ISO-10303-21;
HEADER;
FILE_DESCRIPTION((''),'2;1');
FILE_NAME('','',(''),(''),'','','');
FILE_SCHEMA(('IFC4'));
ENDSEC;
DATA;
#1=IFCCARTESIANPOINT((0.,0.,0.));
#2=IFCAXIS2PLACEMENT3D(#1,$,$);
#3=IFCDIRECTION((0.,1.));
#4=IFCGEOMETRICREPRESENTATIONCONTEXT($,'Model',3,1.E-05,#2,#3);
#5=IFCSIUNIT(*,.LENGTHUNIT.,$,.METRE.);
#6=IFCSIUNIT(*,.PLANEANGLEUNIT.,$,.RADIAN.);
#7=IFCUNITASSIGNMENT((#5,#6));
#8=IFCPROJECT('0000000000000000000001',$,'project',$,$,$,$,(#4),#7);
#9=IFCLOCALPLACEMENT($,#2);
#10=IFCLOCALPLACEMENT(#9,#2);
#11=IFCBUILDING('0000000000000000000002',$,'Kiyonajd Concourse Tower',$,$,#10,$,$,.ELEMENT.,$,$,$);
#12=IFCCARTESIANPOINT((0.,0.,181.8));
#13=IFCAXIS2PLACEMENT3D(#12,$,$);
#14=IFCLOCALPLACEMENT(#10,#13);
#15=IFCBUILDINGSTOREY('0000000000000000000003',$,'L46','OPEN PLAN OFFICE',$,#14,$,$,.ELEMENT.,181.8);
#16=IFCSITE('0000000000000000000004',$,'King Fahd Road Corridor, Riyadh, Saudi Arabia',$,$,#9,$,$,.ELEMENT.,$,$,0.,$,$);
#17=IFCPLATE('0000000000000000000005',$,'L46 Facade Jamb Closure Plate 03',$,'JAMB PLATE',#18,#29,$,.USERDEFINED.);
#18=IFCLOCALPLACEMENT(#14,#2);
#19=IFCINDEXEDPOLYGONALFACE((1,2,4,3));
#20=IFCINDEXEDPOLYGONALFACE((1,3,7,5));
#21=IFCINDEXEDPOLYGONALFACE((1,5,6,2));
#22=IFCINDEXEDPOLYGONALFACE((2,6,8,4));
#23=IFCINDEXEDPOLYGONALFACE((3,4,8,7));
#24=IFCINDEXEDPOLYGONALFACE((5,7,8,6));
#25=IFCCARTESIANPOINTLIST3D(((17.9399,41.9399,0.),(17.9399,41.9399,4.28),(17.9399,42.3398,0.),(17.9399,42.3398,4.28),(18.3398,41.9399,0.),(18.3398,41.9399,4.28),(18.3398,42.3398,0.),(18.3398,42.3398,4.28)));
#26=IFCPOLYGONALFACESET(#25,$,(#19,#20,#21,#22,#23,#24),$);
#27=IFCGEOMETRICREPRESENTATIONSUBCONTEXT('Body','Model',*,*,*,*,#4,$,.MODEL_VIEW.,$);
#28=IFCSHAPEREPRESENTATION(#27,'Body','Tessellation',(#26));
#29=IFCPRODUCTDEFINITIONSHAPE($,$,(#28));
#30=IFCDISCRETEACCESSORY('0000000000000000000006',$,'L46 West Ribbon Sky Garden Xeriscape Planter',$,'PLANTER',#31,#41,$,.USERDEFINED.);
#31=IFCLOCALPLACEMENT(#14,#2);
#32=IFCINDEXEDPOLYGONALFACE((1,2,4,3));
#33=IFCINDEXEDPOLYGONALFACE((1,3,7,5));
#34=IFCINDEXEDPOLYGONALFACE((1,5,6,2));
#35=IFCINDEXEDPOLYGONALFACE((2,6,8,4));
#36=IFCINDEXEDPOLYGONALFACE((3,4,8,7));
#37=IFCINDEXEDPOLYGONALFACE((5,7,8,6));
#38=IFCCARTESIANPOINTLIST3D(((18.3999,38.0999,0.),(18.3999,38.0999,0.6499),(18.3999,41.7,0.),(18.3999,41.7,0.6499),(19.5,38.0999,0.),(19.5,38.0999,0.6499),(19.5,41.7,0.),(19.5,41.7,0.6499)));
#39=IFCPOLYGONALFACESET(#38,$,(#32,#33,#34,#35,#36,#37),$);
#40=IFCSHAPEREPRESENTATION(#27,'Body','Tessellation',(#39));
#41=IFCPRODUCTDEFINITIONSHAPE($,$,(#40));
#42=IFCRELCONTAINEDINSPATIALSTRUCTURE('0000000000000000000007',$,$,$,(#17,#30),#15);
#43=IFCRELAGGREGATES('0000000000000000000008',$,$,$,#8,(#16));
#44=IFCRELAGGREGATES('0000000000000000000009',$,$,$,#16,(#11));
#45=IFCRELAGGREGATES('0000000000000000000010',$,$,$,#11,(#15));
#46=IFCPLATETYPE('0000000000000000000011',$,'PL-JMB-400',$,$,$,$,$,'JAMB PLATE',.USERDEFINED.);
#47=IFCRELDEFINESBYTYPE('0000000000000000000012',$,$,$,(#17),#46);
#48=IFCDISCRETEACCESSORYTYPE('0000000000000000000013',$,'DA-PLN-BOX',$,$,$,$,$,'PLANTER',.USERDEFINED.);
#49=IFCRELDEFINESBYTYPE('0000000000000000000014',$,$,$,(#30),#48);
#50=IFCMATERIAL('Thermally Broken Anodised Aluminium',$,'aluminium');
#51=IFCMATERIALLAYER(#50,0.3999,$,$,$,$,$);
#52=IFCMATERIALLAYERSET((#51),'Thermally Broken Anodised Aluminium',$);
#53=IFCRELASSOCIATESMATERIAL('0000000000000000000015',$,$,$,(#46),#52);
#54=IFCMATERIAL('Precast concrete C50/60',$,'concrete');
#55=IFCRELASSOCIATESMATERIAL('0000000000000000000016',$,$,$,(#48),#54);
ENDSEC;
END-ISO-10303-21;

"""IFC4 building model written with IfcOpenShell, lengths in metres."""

from ifc_helpers import new_model, si_unit, direction, frame, origin, origin_2d, place, context, subcontext, project, spatial, rectangle, extrude, material, layer, layer_set, type_object, element, save


model = new_model("IFC4")

# Units and contexts
model_context = context("Model", 3, precision=1e-05, world=origin(), true_north=direction((0.0, 1.0)))
body_context = subcontext(model_context, "Body", "Model", "MODEL_VIEW")
ifc_project = project(units=[si_unit("LENGTHUNIT", "METRE"), si_unit("PLANEANGLEUNIT", "RADIAN")], contexts=[model_context])

# Site, building, storey
site_placement = place(None, origin())
site = spatial("IfcSite", under=ifc_project, at=site_placement, Name="King Fahd Road Corridor, Riyadh, Saudi Arabia", CompositionType="ELEMENT", RefElevation=0.0)
building_placement = place(site_placement, origin())
building = spatial("IfcBuilding", under=site, at=building_placement, Name="Kiyonajd Concourse Tower", CompositionType="ELEMENT")
storey_placement = place(building_placement, frame((0.0, 0.0, 181.8)))
storey = spatial("IfcBuildingStorey", under=building, at=storey_placement, Name="L46", Description="OPEN PLAN OFFICE", CompositionType="ELEMENT", Elevation=181.8)

# Shared definitions
ifc_material_1 = material(Name="Thermally Broken Anodised Aluminium", Category="aluminium")

# Plate
ifc_layer_1 = layer(ifc_material_1, 0.3999)
ifc_layer_set_1 = layer_set([ifc_layer_1], Name="Thermally Broken Anodised Aluminium")
plate_type_1 = type_object("IfcPlateType", Name="PL-JMB-400", ElementType="JAMB PLATE", PredefinedType="USERDEFINED", material=ifc_layer_set_1)
plate_1_placement = place(storey_placement, frame((18.1399, 42.1399, 0.0), z_axis=(0.0, 0.0, 1.0), x_axis=(1.0, 0.0, 0.0)))
element("IfcPlate", 1, at=plate_1_placement, inside=storey, type_object=plate_type_1, Name="L46 Facade Jamb Closure Plate 03", ObjectType="JAMB PLATE", PredefinedType="USERDEFINED", context=body_context, shape_type="SweptSolid", body=[
    extrude(rectangle(XDim=0.3999, YDim=0.3999, at=origin_2d()), origin(), (0.0, 0.0, 1.0), 4.28),
])

# Discrete accessory
ifc_material_2 = material(Name="Precast concrete C50/60", Category="concrete")
discrete_accessory_type = type_object("IfcDiscreteAccessoryType", Name="DA-PLN-BOX", ElementType="PLANTER", PredefinedType="USERDEFINED", material=ifc_material_2)
discrete_accessory_placement = place(storey_placement, frame((18.95, 39.8999, 0.0), z_axis=(0.0, 0.0, 1.0), x_axis=(0.0, 1.0, 0.0)))
element("IfcDiscreteAccessory", 2, at=discrete_accessory_placement, inside=storey, type_object=discrete_accessory_type, Name="L46 West Ribbon Sky Garden Xeriscape Planter", ObjectType="PLANTER", PredefinedType="USERDEFINED", context=body_context, shape_type="SweptSolid", body=[
    extrude(rectangle(XDim=3.6001, YDim=1.1001, at=origin_2d()), origin(), (0.0, 0.0, 1.0), 0.6499),
])

save(model, "model.ifc")
